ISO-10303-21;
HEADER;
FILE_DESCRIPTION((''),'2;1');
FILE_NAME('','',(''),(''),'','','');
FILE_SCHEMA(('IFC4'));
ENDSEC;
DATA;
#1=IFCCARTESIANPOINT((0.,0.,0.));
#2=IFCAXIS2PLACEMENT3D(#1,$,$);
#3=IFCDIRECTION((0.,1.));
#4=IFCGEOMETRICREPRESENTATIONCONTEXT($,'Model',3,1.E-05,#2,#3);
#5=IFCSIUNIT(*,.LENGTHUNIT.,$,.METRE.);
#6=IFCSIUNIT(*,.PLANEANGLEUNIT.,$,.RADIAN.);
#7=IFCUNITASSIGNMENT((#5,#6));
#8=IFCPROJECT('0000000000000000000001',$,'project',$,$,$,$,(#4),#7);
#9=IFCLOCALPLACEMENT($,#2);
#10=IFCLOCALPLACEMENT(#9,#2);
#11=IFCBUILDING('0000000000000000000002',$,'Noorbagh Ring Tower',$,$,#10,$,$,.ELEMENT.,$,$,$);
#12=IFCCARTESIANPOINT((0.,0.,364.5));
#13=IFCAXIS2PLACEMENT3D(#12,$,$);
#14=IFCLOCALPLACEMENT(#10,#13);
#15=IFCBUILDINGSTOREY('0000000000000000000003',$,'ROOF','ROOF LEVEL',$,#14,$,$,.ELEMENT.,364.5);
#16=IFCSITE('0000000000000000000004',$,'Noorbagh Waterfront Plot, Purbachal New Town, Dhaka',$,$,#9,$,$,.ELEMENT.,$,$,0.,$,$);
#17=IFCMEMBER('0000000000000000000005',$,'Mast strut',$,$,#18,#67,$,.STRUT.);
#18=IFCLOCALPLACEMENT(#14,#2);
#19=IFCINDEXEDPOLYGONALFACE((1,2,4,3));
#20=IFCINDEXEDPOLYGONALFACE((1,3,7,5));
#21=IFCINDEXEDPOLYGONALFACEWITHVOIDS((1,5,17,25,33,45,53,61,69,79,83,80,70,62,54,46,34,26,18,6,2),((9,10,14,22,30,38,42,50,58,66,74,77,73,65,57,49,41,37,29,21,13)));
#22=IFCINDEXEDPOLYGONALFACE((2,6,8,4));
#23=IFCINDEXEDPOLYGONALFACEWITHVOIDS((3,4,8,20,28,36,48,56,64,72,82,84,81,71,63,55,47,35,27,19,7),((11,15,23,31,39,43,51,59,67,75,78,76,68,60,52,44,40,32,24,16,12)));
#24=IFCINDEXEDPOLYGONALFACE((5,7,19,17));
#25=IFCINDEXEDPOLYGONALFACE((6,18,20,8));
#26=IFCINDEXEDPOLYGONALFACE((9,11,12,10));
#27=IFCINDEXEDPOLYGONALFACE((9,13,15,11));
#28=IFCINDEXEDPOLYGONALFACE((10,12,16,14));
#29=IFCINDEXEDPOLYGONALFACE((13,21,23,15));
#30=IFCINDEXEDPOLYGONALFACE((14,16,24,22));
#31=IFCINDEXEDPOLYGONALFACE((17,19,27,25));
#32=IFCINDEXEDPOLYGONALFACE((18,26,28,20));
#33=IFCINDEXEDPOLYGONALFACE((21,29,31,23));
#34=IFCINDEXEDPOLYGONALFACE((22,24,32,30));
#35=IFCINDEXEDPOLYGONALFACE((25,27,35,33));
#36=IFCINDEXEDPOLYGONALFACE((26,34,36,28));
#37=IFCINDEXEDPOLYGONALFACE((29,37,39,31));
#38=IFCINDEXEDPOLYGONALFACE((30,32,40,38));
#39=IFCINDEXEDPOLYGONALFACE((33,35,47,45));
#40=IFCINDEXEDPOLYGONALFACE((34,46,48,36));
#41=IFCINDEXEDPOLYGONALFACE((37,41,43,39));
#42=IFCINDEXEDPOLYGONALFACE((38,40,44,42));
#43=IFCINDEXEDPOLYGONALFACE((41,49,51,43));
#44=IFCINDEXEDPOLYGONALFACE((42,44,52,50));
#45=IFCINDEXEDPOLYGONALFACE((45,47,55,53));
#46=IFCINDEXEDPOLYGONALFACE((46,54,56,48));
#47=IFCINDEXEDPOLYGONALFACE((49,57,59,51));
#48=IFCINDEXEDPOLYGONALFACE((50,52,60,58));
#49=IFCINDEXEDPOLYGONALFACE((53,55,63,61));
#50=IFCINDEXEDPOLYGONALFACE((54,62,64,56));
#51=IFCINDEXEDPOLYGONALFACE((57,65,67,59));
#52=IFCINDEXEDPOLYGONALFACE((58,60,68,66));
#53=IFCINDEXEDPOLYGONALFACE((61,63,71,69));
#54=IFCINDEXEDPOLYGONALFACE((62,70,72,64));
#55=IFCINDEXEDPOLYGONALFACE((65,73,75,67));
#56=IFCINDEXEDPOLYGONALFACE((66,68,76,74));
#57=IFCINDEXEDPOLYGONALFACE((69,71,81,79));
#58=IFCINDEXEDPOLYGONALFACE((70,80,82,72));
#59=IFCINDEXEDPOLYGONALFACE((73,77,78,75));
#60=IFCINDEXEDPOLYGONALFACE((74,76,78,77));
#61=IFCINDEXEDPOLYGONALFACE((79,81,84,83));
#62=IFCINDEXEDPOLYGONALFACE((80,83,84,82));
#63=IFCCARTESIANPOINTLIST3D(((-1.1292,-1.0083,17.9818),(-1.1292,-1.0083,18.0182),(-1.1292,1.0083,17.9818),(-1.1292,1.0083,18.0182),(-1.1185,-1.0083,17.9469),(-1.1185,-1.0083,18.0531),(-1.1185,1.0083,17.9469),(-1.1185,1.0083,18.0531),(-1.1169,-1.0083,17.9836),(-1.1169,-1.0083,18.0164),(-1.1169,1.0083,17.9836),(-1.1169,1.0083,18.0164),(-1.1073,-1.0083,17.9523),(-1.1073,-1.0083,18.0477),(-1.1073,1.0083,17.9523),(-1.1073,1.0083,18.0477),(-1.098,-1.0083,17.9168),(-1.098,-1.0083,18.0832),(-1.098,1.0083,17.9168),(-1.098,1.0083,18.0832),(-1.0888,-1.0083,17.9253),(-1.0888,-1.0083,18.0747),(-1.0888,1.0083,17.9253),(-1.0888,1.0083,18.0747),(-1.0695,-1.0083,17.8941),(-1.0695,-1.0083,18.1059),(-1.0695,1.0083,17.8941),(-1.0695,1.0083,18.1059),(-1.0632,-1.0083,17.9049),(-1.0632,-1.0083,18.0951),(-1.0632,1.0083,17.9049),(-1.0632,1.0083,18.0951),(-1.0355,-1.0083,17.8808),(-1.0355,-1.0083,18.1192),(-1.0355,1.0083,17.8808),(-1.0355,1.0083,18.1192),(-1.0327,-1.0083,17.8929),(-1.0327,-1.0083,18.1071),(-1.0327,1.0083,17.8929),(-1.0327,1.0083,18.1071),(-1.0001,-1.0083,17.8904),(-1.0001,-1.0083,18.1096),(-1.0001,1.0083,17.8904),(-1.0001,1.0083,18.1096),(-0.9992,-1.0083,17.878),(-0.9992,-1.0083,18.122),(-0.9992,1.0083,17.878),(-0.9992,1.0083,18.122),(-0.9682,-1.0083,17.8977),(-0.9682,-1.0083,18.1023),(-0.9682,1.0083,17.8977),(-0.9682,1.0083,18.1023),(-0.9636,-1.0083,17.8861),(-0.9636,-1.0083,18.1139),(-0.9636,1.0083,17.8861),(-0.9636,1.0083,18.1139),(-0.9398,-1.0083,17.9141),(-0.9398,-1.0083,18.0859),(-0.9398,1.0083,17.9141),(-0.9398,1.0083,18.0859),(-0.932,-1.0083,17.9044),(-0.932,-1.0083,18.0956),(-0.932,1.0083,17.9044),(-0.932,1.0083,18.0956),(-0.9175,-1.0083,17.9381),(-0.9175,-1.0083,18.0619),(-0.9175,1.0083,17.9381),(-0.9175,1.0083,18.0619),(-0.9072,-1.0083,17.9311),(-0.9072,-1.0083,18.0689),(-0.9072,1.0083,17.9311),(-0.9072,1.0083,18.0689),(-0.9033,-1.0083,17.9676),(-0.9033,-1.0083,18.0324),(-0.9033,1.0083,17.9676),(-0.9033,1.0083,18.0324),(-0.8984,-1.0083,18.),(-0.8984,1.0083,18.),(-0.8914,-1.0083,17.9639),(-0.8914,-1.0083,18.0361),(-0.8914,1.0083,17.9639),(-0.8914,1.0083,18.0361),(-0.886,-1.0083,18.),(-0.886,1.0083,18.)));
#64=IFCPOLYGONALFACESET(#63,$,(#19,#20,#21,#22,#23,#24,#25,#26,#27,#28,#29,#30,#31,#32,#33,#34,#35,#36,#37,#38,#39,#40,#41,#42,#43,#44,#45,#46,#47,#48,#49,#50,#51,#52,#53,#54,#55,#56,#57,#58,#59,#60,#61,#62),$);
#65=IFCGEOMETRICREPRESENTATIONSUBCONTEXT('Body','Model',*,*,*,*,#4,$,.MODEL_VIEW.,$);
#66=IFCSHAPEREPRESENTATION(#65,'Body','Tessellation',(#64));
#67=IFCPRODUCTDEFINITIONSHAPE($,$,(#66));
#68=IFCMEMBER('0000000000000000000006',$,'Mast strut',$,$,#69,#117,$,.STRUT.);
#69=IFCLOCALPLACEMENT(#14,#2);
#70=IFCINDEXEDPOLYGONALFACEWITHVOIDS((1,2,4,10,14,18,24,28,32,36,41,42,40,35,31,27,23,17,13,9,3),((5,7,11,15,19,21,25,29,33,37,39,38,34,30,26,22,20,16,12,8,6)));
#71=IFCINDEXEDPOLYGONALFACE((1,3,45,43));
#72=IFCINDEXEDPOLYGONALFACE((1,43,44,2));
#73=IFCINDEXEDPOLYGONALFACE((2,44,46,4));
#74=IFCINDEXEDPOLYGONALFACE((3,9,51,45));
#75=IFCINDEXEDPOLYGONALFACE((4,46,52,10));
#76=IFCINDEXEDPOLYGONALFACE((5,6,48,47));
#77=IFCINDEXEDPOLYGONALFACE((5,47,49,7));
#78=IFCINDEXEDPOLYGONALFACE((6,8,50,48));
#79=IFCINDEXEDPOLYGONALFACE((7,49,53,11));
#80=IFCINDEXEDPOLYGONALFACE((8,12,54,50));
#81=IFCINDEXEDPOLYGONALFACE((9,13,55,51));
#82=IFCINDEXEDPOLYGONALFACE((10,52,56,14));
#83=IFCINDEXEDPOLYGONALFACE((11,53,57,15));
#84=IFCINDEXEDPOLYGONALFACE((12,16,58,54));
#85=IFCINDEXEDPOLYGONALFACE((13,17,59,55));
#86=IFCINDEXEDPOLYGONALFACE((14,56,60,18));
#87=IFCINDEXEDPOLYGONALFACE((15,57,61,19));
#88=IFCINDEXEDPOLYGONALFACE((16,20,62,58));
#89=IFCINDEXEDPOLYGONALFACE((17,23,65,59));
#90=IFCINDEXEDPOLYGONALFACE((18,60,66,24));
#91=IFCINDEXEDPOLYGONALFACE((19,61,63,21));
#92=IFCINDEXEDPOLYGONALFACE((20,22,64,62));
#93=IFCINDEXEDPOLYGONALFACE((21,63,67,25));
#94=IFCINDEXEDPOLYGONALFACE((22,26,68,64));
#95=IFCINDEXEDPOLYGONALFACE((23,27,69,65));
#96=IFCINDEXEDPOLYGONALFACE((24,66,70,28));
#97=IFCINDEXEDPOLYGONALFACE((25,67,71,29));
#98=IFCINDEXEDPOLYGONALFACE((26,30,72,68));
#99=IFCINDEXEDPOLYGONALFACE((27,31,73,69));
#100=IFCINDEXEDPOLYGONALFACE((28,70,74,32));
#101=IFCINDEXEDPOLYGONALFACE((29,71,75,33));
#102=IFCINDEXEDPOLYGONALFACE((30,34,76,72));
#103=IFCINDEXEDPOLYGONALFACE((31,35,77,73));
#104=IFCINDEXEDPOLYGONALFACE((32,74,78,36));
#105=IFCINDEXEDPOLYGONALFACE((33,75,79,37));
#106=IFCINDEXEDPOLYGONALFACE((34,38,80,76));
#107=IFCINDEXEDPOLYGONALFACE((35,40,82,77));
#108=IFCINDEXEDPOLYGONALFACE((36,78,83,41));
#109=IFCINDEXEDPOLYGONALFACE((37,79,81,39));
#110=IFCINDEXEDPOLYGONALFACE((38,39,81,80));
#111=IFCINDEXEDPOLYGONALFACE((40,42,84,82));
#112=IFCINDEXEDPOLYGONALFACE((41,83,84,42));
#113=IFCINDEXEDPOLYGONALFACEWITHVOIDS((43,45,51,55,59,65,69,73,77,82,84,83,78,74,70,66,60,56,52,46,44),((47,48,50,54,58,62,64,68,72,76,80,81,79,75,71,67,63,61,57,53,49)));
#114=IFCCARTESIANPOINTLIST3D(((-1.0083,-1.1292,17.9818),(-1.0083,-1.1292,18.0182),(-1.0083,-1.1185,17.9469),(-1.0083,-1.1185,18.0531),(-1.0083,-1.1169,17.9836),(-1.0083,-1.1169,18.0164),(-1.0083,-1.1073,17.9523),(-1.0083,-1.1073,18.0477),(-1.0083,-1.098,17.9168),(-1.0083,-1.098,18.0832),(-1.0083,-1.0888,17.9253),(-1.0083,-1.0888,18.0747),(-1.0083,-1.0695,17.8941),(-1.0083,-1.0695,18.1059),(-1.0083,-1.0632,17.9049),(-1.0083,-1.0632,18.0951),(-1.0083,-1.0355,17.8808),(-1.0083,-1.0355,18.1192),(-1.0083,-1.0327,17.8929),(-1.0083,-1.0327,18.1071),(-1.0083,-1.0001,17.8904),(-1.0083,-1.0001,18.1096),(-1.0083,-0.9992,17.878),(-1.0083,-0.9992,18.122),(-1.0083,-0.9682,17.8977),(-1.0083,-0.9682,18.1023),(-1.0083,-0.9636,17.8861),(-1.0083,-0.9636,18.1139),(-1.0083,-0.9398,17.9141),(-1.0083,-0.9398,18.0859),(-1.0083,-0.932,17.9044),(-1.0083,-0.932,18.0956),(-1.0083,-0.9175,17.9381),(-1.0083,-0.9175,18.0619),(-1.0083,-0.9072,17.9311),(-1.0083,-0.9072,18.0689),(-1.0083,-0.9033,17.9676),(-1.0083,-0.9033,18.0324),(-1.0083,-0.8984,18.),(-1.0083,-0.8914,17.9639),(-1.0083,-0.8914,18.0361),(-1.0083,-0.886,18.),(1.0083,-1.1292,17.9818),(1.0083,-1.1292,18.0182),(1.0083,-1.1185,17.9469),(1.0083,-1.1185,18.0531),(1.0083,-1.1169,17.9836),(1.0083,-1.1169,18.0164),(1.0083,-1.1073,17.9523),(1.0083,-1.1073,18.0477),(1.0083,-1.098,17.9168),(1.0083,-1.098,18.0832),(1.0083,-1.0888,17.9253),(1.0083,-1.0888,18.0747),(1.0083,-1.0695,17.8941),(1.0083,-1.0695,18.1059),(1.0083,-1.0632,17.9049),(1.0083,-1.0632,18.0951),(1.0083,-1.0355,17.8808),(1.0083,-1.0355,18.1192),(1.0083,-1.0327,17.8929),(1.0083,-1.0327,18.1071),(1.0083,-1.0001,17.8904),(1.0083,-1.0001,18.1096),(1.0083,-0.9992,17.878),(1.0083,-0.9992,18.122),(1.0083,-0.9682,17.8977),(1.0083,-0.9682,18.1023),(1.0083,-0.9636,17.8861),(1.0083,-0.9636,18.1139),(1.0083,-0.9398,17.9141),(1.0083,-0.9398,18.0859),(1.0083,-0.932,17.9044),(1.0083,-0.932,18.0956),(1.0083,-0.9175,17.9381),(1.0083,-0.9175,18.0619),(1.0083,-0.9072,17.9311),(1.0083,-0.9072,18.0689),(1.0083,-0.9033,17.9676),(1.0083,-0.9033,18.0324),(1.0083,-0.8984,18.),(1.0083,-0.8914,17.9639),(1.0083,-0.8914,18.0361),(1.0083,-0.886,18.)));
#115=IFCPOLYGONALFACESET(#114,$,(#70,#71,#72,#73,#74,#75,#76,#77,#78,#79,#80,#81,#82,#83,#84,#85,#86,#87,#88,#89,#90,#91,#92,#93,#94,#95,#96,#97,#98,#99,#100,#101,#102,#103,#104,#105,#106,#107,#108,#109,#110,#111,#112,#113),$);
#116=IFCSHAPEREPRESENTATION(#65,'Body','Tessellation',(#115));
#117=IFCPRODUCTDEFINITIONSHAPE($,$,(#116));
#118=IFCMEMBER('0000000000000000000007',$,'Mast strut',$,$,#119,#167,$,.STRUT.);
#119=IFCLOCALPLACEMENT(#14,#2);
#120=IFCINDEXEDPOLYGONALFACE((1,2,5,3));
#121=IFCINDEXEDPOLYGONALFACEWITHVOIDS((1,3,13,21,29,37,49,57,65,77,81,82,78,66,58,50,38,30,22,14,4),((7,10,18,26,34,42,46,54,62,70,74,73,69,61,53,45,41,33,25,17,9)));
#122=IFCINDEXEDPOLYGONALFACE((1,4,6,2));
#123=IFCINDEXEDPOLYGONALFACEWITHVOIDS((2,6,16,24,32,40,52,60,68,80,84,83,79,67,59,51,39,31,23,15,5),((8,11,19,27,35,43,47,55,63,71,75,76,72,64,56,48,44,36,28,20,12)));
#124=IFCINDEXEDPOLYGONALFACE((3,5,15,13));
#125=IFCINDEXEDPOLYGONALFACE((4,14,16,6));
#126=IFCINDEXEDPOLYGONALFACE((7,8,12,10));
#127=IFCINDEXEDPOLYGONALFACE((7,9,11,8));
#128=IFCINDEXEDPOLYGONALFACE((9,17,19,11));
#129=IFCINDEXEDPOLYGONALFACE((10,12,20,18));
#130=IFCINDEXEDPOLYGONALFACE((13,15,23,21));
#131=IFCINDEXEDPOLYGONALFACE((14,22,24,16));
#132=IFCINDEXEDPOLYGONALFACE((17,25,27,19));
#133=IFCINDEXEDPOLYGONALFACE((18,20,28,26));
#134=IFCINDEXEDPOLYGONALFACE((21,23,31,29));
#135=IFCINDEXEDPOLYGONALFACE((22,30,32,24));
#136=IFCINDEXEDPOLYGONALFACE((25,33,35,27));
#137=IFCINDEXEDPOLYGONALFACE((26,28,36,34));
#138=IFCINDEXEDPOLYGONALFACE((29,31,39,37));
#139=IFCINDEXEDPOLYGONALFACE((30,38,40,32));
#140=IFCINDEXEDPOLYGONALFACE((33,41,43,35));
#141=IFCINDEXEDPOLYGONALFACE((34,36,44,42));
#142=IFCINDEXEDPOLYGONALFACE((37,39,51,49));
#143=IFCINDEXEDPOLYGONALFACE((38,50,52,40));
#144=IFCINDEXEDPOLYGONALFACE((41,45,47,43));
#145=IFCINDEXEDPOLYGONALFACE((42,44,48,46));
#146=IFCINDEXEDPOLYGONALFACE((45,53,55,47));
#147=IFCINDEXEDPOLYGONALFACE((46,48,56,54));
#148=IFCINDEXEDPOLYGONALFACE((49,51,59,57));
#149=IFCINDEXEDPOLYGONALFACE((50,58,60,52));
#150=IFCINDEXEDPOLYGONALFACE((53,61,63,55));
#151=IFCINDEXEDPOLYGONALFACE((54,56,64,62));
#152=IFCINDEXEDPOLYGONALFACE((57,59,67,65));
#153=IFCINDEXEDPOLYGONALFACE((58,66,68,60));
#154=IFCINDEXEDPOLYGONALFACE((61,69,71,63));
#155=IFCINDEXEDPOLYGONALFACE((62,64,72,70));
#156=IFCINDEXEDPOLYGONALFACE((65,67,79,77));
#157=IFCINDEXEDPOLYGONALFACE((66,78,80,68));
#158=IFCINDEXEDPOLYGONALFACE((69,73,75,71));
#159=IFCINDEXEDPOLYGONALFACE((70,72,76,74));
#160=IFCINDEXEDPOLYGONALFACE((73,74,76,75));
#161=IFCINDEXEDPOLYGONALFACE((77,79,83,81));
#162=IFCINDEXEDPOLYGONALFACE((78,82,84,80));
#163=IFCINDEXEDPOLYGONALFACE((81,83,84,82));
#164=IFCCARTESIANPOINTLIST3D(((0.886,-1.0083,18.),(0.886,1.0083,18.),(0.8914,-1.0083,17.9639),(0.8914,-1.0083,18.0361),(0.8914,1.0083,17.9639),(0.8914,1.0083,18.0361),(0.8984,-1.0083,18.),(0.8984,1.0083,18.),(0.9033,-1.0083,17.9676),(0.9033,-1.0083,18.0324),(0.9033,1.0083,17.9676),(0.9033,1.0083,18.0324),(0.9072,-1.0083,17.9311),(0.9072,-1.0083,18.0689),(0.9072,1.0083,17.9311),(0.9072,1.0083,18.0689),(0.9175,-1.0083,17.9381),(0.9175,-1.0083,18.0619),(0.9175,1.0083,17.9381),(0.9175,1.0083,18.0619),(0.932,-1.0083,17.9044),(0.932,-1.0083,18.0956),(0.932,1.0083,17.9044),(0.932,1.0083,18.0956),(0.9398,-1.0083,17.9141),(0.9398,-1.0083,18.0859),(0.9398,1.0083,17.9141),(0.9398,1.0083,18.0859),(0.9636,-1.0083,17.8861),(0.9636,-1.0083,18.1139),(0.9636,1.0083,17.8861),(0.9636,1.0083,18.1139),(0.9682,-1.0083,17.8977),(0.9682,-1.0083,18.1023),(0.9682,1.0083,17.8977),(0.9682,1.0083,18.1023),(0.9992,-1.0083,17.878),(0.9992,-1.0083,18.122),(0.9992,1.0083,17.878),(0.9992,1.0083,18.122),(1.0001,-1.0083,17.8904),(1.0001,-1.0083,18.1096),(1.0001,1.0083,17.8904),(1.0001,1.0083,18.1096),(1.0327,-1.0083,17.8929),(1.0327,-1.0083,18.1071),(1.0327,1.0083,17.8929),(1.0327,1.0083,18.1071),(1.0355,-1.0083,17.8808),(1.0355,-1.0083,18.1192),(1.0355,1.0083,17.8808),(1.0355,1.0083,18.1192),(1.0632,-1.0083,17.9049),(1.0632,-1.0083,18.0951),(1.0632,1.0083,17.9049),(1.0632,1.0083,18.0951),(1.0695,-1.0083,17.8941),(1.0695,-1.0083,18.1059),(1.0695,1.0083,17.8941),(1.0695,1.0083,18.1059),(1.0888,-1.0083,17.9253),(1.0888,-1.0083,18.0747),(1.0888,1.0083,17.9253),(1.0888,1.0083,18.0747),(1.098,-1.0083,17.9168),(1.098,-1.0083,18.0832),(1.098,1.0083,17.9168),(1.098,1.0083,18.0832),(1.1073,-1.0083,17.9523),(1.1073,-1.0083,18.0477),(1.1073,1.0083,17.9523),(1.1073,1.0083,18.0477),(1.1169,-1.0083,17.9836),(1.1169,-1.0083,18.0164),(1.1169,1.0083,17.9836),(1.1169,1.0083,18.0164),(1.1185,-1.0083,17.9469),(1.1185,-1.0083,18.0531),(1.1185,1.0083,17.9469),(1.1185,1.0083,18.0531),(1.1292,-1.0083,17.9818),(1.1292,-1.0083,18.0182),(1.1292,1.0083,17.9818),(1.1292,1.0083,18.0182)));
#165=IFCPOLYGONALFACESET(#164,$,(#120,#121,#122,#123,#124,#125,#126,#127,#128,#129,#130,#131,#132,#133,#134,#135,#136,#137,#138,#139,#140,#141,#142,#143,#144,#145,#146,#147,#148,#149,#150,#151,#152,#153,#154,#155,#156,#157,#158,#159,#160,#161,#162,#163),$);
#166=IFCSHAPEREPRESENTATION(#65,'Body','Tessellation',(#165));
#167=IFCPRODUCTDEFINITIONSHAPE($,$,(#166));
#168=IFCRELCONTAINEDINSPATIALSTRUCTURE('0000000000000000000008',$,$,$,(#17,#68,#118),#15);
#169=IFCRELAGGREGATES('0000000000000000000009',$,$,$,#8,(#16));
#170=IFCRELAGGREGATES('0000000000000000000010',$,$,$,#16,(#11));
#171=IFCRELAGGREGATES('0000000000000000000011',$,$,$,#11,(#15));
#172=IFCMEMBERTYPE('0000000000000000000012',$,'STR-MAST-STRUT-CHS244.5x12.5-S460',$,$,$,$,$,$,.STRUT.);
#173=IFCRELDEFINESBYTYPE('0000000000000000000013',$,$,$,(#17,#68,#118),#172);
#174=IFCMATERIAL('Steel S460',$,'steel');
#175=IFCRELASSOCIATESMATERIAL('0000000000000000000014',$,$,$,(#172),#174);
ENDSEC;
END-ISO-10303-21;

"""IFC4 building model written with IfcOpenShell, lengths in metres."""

from ifc_helpers import new_model, si_unit, direction, frame, origin, origin_2d, place, context, subcontext, project, spatial, hollow_circle, extrude, material, material_profile, profile_set, type_object, element, save


model = new_model("IFC4")

# Units and contexts
model_context = context("Model", 3, precision=1e-05, world=origin(), true_north=direction((0.0, 1.0)))
body_context = subcontext(model_context, "Body", "Model", "MODEL_VIEW")
ifc_project = project(units=[si_unit("LENGTHUNIT", "METRE"), si_unit("PLANEANGLEUNIT", "RADIAN")], contexts=[model_context])

# Site, building, storey
site_placement = place(None, origin())
site = spatial("IfcSite", under=ifc_project, at=site_placement, Name="Noorbagh Waterfront Plot, Purbachal New Town, Dhaka", CompositionType="ELEMENT", RefElevation=0.0)
building_placement = place(site_placement, origin())
building = spatial("IfcBuilding", under=site, at=building_placement, Name="Noorbagh Ring Tower", CompositionType="ELEMENT")
storey_placement = place(building_placement, frame((0.0, 0.0, 364.5)))
storey = spatial("IfcBuildingStorey", under=building, at=storey_placement, Name="ROOF", Description="ROOF LEVEL", CompositionType="ELEMENT", Elevation=364.5)

# Members
ifc_material_1 = material(Name="Steel S460", Category="steel")
ifc_material_profile_1 = material_profile(ifc_material_1, hollow_circle(Radius=0.1223, WallThickness=0.0125, at=origin_2d()), Name="CHS244.5x12.5")
ifc_profile_set_1 = profile_set([ifc_material_profile_1], Name="Steel S460")
member_type_1 = type_object("IfcMemberType", Name="STR-MAST-STRUT-CHS244.5x12.5-S460", PredefinedType="STRUT", material=ifc_profile_set_1)
for number, where, z_axis, x_axis, name in (
    (1, (-1.0083, 1.0083, 18.0), (0.0, -1.0, 0.0), (1.0, 0.0, 0.0), "Mast strut"),
    (2, (-1.0083, -1.0083, 18.0), (1.0, 0.0, 0.0), (0.0, 1.0, 0.0), "Mast strut"),
    (3, (1.0083, -1.0083, 18.0), (0.0, 1.0, 0.0), (-1.0, 0.0, 0.0), "Mast strut"),
):
    element("IfcMember", number, at=place(storey_placement, frame(where, z_axis=z_axis, x_axis=x_axis)), inside=storey, type_object=member_type_1, Name=name, PredefinedType="STRUT", context=body_context, shape_type="SweptSolid", body=[
        extrude(hollow_circle(Radius=0.1223, WallThickness=0.0125, at=origin_2d()), origin(), (0.0, 0.0, 1.0), 2.0166),
    ])

save(model, "model.ifc")
